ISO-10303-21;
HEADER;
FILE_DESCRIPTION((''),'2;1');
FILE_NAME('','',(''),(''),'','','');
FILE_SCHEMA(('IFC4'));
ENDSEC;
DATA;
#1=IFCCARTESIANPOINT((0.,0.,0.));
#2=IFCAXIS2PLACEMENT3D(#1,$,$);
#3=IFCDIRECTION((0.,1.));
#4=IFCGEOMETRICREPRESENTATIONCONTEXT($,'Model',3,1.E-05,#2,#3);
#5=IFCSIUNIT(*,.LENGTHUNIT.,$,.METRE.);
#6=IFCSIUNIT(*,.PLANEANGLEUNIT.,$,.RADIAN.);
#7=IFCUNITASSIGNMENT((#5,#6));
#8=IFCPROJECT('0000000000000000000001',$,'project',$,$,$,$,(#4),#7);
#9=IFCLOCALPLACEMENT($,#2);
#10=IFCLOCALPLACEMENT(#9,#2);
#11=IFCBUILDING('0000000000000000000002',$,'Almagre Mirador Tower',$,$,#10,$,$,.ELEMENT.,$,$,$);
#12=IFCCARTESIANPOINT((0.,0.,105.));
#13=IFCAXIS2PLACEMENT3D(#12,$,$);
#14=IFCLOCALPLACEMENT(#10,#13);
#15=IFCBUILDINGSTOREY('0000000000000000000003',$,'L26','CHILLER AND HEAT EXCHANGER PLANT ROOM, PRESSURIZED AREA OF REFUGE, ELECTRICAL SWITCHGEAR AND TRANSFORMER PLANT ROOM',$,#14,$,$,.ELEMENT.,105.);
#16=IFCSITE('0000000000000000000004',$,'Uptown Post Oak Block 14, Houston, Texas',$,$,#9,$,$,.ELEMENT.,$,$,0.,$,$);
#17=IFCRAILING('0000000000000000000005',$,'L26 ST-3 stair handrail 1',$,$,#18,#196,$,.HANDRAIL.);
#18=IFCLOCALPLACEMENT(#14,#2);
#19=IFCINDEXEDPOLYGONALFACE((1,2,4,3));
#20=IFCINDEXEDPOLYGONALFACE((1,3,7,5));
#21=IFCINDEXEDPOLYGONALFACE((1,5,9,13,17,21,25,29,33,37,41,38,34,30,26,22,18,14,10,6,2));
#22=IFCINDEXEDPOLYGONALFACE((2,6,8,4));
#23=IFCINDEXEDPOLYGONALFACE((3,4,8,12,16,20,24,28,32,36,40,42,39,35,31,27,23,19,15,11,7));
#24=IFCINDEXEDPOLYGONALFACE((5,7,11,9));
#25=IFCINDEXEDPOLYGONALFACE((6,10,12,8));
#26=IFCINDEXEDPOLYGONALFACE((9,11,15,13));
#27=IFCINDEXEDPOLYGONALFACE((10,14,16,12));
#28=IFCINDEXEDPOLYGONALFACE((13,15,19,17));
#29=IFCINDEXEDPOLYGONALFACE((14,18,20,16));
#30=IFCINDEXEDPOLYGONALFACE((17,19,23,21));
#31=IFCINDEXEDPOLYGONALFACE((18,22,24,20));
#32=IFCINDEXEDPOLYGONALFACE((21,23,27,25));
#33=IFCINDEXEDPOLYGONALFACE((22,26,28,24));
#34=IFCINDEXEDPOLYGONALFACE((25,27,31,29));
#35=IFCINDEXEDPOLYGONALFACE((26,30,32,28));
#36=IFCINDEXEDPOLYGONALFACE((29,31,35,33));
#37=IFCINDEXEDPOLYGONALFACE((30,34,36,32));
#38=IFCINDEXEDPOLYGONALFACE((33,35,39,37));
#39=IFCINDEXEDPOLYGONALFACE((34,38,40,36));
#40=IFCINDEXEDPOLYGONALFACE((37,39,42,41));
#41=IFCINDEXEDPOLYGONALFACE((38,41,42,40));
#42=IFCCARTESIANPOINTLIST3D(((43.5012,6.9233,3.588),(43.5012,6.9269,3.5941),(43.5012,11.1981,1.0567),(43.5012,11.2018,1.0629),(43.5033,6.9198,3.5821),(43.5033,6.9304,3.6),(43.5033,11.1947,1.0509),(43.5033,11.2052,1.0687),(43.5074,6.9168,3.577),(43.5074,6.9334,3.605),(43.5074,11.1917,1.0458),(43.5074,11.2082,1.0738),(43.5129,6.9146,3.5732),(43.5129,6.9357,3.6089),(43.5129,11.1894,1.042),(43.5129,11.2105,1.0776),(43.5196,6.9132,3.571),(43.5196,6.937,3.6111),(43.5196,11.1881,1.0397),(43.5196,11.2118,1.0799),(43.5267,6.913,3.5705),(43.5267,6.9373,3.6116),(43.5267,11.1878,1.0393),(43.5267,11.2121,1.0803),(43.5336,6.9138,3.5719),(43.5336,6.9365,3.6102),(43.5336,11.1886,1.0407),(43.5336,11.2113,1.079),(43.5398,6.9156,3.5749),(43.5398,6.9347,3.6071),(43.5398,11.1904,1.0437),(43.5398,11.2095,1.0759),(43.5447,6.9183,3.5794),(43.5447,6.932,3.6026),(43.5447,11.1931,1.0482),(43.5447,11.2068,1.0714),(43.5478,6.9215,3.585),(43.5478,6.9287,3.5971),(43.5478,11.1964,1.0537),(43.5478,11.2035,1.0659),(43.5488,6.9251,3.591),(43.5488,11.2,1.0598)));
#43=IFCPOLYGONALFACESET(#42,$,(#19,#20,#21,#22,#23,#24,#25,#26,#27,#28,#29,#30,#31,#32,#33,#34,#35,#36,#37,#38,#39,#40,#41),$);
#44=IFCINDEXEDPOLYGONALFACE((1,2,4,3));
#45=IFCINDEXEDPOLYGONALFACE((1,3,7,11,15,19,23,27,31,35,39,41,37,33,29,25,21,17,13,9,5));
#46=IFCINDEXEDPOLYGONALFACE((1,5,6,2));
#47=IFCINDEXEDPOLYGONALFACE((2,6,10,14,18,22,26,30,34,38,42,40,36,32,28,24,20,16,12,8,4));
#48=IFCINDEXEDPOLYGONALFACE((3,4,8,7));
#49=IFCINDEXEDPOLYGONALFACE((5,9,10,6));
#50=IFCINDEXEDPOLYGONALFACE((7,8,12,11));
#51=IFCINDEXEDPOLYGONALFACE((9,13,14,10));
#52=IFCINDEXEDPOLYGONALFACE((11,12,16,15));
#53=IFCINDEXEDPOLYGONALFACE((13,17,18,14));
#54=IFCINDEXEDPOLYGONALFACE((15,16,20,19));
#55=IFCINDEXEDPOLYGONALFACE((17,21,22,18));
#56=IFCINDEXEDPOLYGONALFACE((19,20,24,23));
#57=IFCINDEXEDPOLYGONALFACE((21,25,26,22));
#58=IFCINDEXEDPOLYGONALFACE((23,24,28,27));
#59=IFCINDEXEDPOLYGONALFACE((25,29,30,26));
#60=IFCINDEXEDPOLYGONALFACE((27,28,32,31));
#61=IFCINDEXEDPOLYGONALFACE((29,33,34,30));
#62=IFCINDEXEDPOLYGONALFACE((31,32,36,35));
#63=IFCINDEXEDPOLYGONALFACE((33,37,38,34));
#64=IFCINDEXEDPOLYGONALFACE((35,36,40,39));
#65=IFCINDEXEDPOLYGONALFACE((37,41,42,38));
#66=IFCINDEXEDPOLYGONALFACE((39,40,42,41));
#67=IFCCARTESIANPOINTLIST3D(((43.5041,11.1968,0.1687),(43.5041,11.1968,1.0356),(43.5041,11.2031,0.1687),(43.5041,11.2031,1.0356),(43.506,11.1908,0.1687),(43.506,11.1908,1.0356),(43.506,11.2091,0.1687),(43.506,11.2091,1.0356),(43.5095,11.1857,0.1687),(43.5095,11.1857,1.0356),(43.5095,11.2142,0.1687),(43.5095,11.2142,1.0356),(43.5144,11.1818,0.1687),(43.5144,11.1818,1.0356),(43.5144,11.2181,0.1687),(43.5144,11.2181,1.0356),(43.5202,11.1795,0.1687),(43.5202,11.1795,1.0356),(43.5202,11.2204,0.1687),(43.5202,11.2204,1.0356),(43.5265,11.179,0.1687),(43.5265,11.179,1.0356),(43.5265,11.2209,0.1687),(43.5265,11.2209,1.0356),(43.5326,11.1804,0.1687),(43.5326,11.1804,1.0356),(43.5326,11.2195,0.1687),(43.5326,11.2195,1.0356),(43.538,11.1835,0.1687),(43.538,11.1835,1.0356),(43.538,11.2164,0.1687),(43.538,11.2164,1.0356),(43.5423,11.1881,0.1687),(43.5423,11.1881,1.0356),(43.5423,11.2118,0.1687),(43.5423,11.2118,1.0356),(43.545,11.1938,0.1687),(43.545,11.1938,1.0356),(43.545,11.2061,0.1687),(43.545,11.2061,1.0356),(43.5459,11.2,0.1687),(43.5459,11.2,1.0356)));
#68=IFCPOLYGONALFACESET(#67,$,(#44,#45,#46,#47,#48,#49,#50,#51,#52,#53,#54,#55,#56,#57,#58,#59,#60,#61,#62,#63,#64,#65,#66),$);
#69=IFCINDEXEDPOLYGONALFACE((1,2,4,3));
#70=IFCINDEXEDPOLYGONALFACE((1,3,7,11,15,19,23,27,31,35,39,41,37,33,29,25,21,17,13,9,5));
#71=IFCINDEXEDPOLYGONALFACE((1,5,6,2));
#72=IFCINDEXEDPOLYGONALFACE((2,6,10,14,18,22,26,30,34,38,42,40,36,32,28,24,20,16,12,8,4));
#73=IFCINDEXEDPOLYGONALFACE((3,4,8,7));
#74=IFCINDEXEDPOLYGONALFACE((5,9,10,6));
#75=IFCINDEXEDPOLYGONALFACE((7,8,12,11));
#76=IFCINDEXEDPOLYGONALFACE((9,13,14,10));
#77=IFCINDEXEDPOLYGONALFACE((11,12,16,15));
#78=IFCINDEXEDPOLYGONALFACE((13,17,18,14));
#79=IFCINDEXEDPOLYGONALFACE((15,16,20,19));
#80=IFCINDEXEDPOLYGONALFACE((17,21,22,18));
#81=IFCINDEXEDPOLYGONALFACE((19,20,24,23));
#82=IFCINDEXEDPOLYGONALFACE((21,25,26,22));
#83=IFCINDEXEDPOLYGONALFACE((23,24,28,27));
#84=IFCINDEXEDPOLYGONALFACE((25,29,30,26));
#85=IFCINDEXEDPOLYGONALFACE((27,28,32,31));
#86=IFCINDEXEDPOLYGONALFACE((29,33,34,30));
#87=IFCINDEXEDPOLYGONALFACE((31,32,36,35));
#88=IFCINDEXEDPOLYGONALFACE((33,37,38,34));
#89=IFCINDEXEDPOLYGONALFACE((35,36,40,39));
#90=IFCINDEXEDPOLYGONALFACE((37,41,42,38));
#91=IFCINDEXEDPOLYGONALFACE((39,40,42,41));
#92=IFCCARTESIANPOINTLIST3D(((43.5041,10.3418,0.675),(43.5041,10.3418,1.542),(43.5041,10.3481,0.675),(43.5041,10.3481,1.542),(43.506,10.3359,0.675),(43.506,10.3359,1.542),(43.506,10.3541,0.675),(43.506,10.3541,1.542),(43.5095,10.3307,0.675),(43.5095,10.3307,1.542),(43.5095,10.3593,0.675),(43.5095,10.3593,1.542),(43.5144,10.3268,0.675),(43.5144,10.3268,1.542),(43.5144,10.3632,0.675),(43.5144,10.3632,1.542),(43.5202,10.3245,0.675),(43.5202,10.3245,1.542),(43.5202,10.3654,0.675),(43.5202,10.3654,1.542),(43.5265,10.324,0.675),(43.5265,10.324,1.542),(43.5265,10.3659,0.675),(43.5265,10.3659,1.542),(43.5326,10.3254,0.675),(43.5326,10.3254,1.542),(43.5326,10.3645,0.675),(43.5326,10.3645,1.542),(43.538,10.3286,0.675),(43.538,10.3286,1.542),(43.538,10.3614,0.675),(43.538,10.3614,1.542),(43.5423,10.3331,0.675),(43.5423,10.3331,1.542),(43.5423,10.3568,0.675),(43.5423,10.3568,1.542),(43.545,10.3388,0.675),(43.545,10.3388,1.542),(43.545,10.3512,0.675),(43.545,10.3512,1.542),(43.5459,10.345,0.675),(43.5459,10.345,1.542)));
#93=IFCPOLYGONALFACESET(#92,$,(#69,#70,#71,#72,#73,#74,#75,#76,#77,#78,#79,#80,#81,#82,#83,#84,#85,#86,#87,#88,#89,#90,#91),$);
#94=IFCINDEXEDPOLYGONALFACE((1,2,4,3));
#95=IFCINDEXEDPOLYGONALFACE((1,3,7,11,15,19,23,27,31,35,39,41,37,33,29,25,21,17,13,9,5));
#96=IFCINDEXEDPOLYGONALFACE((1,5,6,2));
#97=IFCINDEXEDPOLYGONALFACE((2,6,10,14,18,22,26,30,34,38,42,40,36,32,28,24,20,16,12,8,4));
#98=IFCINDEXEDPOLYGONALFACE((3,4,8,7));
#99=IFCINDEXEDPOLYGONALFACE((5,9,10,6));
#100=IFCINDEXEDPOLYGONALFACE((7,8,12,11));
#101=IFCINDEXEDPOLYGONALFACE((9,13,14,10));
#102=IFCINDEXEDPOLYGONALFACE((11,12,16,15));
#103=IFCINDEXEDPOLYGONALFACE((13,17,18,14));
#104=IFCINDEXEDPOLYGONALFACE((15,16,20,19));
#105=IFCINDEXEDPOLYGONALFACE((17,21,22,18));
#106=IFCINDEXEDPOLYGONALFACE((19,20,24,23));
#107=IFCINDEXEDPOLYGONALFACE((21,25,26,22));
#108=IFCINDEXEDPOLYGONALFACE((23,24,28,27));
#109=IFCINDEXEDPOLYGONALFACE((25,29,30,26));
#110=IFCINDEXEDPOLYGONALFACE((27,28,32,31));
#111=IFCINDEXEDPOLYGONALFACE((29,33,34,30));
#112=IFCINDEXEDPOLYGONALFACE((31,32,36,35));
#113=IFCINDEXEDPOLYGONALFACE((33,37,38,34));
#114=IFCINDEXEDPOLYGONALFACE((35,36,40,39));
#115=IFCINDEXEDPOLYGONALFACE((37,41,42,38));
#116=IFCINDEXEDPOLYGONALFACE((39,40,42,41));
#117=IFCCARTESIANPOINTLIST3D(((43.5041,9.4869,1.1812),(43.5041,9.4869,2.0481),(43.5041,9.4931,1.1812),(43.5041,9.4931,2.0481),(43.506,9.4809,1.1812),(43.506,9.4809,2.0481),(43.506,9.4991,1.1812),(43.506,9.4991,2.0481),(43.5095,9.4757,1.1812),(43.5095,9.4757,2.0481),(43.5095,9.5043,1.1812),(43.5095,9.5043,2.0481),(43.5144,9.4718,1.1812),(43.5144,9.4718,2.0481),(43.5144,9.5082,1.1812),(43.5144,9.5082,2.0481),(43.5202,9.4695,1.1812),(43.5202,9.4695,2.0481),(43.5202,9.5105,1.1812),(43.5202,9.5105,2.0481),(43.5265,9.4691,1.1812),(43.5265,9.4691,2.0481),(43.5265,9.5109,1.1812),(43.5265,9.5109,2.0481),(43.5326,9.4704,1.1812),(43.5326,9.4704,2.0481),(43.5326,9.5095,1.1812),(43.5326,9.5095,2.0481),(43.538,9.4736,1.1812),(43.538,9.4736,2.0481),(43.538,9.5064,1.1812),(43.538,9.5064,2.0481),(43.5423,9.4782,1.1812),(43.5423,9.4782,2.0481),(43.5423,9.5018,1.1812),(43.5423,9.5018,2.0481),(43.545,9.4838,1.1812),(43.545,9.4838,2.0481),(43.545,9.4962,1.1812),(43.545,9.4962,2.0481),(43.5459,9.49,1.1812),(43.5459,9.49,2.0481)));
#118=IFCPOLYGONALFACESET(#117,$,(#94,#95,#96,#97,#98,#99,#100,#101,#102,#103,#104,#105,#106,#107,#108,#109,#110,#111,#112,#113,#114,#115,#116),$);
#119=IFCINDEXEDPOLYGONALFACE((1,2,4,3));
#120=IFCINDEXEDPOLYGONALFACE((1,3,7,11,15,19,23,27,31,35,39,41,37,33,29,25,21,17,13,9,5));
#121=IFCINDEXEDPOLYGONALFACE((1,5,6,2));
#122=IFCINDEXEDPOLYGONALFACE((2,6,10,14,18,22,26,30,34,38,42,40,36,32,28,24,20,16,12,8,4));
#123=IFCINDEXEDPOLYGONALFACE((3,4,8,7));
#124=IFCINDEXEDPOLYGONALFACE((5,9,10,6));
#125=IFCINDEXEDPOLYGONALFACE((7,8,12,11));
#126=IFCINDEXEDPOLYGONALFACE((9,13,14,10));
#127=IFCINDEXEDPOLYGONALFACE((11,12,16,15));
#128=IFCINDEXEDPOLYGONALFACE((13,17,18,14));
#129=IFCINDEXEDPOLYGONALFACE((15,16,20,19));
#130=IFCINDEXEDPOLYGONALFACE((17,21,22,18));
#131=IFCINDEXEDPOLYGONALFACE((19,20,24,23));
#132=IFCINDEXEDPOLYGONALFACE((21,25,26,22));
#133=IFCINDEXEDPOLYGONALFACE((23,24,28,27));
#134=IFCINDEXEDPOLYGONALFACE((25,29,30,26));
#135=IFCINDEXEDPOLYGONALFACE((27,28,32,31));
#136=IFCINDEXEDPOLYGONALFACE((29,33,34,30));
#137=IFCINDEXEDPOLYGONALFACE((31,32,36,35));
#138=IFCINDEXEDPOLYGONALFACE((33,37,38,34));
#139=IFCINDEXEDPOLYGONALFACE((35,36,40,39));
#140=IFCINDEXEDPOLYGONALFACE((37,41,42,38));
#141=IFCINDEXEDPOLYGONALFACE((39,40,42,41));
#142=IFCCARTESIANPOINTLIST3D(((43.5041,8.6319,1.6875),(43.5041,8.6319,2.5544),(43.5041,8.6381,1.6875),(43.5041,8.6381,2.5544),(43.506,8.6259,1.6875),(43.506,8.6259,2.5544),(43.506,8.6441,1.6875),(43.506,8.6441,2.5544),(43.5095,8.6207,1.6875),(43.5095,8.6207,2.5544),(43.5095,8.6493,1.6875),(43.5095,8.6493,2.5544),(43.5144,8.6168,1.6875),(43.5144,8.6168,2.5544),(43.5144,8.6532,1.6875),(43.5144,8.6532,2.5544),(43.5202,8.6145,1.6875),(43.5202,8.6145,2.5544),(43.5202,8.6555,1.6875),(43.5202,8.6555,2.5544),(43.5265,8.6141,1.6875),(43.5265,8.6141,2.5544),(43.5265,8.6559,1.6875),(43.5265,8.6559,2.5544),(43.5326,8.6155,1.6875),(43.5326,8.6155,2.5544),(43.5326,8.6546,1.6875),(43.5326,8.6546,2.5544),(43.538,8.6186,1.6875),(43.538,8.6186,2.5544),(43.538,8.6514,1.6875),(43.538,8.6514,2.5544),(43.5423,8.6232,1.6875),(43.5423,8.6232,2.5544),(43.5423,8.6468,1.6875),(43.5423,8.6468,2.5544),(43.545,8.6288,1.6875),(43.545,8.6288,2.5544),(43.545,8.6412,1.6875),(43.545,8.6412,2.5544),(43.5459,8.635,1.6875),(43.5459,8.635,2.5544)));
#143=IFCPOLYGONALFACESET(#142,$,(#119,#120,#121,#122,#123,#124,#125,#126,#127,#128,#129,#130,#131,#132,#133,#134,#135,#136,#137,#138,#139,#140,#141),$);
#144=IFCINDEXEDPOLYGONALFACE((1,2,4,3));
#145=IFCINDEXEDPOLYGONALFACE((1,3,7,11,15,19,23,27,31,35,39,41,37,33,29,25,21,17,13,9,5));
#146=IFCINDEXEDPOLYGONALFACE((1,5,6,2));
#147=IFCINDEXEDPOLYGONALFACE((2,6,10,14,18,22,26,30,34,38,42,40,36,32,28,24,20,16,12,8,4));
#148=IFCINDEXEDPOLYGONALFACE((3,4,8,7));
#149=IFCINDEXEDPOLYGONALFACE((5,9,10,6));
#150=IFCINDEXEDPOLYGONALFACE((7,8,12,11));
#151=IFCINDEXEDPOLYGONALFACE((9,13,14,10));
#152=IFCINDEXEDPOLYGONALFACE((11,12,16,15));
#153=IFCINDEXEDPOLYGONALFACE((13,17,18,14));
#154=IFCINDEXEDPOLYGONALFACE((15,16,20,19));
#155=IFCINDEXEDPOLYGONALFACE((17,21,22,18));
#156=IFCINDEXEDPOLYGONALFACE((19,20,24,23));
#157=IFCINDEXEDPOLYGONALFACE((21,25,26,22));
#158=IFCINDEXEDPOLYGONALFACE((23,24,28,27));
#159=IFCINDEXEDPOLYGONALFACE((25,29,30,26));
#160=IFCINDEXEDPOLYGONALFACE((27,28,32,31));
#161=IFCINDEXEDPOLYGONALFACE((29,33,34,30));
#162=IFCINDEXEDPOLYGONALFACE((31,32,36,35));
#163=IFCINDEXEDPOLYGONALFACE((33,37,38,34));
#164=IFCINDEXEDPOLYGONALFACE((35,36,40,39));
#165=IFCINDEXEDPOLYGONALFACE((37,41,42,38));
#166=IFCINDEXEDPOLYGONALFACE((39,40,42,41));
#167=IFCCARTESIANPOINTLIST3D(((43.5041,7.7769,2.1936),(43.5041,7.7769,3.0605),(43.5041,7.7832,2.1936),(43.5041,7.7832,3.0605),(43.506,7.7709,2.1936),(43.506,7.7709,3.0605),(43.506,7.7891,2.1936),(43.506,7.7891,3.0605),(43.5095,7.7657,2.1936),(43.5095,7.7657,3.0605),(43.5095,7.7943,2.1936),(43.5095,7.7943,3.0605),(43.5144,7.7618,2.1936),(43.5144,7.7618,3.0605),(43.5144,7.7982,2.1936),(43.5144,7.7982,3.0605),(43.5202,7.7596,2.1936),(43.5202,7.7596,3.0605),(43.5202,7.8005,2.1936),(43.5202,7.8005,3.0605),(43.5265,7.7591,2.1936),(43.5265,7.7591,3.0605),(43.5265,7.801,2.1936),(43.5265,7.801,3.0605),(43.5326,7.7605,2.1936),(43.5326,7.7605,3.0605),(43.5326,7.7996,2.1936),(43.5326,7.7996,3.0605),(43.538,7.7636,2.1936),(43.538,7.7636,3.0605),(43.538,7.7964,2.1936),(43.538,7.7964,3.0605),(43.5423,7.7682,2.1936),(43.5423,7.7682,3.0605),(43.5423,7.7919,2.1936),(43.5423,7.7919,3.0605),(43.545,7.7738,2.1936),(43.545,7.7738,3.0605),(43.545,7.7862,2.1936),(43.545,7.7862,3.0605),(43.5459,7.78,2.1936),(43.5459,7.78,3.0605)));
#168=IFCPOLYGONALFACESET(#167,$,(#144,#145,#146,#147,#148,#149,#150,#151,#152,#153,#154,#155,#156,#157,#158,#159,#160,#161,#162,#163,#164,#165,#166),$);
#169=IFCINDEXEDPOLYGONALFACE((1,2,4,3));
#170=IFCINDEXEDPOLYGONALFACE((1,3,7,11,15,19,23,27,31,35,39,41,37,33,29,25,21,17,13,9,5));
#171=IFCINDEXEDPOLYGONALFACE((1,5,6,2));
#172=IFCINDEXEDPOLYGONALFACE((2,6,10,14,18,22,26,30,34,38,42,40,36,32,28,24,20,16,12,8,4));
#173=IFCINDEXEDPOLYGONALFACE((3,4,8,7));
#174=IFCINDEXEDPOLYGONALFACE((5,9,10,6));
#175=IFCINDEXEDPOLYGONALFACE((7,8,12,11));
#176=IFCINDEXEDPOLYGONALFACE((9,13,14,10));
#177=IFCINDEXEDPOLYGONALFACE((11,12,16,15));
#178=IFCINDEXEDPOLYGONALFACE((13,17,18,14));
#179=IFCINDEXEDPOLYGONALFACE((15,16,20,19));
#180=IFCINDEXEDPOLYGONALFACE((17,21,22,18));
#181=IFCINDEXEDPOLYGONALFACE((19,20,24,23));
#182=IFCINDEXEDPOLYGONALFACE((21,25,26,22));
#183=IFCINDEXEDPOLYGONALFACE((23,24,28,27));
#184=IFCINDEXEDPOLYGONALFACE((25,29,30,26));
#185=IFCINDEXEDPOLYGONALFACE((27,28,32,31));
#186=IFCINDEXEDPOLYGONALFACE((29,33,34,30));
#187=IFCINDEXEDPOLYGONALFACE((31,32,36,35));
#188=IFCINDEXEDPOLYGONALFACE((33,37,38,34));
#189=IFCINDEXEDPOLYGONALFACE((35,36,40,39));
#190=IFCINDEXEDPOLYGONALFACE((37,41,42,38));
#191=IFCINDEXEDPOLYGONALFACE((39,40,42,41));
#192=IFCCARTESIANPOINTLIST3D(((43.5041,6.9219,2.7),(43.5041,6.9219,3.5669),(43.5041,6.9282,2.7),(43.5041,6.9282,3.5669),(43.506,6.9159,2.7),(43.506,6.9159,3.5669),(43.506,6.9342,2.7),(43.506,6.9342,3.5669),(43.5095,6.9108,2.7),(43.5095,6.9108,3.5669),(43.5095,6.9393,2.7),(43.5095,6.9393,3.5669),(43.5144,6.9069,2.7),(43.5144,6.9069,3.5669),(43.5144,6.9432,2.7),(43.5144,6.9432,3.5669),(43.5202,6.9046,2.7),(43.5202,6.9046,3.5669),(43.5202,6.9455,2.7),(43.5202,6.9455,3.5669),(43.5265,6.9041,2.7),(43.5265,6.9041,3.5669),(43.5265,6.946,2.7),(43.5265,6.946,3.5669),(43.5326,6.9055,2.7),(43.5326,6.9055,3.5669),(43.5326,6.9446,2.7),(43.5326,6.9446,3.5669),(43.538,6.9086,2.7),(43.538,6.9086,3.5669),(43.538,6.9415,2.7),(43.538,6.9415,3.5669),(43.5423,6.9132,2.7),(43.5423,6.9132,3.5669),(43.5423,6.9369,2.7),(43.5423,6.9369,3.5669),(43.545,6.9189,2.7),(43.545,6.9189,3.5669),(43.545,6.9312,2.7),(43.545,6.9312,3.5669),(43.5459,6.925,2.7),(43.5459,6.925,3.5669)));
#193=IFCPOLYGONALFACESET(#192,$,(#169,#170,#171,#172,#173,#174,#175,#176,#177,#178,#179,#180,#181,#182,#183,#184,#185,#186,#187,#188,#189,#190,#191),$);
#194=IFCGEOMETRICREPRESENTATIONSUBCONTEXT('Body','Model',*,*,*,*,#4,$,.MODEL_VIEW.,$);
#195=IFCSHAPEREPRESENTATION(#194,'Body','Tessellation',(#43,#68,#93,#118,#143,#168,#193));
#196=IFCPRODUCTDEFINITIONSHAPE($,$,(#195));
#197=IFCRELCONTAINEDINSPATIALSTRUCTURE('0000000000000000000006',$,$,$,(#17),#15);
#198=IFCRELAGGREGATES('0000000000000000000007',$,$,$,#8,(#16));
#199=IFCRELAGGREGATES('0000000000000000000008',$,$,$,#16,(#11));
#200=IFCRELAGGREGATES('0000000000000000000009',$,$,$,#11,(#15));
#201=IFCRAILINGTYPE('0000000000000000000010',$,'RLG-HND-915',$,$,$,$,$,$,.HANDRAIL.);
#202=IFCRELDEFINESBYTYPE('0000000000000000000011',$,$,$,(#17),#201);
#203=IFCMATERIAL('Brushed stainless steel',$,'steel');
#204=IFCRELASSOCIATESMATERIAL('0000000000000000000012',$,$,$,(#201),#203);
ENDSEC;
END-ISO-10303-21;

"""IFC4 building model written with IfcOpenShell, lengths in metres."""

from ifc_helpers import new_model, si_unit, direction, frame, origin, origin_2d, place, context, subcontext, project, spatial, circle, extrude, material, type_object, element, save


model = new_model("IFC4")

# Units and contexts
model_context = context("Model", 3, precision=1e-05, world=origin(), true_north=direction((0.0, 1.0)))
body_context = subcontext(model_context, "Body", "Model", "MODEL_VIEW")
ifc_project = project(units=[si_unit("LENGTHUNIT", "METRE"), si_unit("PLANEANGLEUNIT", "RADIAN")], contexts=[model_context])

# Site, building, storey
site_placement = place(None, origin())
site = spatial("IfcSite", under=ifc_project, at=site_placement, Name="Uptown Post Oak Block 14, Houston, Texas", CompositionType="ELEMENT", RefElevation=0.0)
building_placement = place(site_placement, origin())
building = spatial("IfcBuilding", under=site, at=building_placement, Name="Almagre Mirador Tower", CompositionType="ELEMENT")
storey_placement = place(building_placement, frame((0.0, 0.0, 105.0)))
storey = spatial("IfcBuildingStorey", under=building, at=storey_placement, Name="L26", Description="CHILLER AND HEAT EXCHANGER PLANT ROOM, PRESSURIZED AREA OF REFUGE, ELECTRICAL SWITCHGEAR AND TRANSFORMER PLANT ROOM", CompositionType="ELEMENT", Elevation=105.0)

# Railing
ifc_material_1 = material(Name="Brushed stainless steel", Category="steel")
railing_type_1 = type_object("IfcRailingType", Name="RLG-HND-915", PredefinedType="HANDRAIL", material=ifc_material_1)
railing_1_placement = place(storey_placement, frame((43.5249, 11.2, 0.1687)))
element("IfcRailing", 1, at=railing_1_placement, inside=storey, type_object=railing_type_1, Name="L26 ST-3 stair handrail 1", PredefinedType="HANDRAIL", context=body_context, shape_type="SweptSolid", body=[
    extrude(circle(Radius=0.0239, at=origin_2d()), frame((0.0, 0.0, 0.8911), z_axis=(0.0, -0.86047, 0.509501), x_axis=(1.0, 0.0, 0.0)), (0.0, 0.0, 1.0), 4.968),
    extrude(circle(Radius=0.021, at=origin_2d()), origin(), (0.0, 0.0, 1.0), 0.8669),
    extrude(circle(Radius=0.021, at=origin_2d()), frame((0.0, -0.855, 0.5063)), (0.0, 0.0, 1.0), 0.8669),
    extrude(circle(Radius=0.021, at=origin_2d()), frame((0.0, -1.71, 1.0125)), (0.0, 0.0, 1.0), 0.8669),
    extrude(circle(Radius=0.021, at=origin_2d()), frame((0.0, -2.5649, 1.5188)), (0.0, 0.0, 1.0), 0.8669),
    extrude(circle(Radius=0.021, at=origin_2d()), frame((0.0, -3.4199, 2.0249)), (0.0, 0.0, 1.0), 0.8669),
    extrude(circle(Radius=0.021, at=origin_2d()), frame((0.0, -4.2749, 2.5312)), (0.0, 0.0, 1.0), 0.8669),
])

save(model, "model.ifc")
